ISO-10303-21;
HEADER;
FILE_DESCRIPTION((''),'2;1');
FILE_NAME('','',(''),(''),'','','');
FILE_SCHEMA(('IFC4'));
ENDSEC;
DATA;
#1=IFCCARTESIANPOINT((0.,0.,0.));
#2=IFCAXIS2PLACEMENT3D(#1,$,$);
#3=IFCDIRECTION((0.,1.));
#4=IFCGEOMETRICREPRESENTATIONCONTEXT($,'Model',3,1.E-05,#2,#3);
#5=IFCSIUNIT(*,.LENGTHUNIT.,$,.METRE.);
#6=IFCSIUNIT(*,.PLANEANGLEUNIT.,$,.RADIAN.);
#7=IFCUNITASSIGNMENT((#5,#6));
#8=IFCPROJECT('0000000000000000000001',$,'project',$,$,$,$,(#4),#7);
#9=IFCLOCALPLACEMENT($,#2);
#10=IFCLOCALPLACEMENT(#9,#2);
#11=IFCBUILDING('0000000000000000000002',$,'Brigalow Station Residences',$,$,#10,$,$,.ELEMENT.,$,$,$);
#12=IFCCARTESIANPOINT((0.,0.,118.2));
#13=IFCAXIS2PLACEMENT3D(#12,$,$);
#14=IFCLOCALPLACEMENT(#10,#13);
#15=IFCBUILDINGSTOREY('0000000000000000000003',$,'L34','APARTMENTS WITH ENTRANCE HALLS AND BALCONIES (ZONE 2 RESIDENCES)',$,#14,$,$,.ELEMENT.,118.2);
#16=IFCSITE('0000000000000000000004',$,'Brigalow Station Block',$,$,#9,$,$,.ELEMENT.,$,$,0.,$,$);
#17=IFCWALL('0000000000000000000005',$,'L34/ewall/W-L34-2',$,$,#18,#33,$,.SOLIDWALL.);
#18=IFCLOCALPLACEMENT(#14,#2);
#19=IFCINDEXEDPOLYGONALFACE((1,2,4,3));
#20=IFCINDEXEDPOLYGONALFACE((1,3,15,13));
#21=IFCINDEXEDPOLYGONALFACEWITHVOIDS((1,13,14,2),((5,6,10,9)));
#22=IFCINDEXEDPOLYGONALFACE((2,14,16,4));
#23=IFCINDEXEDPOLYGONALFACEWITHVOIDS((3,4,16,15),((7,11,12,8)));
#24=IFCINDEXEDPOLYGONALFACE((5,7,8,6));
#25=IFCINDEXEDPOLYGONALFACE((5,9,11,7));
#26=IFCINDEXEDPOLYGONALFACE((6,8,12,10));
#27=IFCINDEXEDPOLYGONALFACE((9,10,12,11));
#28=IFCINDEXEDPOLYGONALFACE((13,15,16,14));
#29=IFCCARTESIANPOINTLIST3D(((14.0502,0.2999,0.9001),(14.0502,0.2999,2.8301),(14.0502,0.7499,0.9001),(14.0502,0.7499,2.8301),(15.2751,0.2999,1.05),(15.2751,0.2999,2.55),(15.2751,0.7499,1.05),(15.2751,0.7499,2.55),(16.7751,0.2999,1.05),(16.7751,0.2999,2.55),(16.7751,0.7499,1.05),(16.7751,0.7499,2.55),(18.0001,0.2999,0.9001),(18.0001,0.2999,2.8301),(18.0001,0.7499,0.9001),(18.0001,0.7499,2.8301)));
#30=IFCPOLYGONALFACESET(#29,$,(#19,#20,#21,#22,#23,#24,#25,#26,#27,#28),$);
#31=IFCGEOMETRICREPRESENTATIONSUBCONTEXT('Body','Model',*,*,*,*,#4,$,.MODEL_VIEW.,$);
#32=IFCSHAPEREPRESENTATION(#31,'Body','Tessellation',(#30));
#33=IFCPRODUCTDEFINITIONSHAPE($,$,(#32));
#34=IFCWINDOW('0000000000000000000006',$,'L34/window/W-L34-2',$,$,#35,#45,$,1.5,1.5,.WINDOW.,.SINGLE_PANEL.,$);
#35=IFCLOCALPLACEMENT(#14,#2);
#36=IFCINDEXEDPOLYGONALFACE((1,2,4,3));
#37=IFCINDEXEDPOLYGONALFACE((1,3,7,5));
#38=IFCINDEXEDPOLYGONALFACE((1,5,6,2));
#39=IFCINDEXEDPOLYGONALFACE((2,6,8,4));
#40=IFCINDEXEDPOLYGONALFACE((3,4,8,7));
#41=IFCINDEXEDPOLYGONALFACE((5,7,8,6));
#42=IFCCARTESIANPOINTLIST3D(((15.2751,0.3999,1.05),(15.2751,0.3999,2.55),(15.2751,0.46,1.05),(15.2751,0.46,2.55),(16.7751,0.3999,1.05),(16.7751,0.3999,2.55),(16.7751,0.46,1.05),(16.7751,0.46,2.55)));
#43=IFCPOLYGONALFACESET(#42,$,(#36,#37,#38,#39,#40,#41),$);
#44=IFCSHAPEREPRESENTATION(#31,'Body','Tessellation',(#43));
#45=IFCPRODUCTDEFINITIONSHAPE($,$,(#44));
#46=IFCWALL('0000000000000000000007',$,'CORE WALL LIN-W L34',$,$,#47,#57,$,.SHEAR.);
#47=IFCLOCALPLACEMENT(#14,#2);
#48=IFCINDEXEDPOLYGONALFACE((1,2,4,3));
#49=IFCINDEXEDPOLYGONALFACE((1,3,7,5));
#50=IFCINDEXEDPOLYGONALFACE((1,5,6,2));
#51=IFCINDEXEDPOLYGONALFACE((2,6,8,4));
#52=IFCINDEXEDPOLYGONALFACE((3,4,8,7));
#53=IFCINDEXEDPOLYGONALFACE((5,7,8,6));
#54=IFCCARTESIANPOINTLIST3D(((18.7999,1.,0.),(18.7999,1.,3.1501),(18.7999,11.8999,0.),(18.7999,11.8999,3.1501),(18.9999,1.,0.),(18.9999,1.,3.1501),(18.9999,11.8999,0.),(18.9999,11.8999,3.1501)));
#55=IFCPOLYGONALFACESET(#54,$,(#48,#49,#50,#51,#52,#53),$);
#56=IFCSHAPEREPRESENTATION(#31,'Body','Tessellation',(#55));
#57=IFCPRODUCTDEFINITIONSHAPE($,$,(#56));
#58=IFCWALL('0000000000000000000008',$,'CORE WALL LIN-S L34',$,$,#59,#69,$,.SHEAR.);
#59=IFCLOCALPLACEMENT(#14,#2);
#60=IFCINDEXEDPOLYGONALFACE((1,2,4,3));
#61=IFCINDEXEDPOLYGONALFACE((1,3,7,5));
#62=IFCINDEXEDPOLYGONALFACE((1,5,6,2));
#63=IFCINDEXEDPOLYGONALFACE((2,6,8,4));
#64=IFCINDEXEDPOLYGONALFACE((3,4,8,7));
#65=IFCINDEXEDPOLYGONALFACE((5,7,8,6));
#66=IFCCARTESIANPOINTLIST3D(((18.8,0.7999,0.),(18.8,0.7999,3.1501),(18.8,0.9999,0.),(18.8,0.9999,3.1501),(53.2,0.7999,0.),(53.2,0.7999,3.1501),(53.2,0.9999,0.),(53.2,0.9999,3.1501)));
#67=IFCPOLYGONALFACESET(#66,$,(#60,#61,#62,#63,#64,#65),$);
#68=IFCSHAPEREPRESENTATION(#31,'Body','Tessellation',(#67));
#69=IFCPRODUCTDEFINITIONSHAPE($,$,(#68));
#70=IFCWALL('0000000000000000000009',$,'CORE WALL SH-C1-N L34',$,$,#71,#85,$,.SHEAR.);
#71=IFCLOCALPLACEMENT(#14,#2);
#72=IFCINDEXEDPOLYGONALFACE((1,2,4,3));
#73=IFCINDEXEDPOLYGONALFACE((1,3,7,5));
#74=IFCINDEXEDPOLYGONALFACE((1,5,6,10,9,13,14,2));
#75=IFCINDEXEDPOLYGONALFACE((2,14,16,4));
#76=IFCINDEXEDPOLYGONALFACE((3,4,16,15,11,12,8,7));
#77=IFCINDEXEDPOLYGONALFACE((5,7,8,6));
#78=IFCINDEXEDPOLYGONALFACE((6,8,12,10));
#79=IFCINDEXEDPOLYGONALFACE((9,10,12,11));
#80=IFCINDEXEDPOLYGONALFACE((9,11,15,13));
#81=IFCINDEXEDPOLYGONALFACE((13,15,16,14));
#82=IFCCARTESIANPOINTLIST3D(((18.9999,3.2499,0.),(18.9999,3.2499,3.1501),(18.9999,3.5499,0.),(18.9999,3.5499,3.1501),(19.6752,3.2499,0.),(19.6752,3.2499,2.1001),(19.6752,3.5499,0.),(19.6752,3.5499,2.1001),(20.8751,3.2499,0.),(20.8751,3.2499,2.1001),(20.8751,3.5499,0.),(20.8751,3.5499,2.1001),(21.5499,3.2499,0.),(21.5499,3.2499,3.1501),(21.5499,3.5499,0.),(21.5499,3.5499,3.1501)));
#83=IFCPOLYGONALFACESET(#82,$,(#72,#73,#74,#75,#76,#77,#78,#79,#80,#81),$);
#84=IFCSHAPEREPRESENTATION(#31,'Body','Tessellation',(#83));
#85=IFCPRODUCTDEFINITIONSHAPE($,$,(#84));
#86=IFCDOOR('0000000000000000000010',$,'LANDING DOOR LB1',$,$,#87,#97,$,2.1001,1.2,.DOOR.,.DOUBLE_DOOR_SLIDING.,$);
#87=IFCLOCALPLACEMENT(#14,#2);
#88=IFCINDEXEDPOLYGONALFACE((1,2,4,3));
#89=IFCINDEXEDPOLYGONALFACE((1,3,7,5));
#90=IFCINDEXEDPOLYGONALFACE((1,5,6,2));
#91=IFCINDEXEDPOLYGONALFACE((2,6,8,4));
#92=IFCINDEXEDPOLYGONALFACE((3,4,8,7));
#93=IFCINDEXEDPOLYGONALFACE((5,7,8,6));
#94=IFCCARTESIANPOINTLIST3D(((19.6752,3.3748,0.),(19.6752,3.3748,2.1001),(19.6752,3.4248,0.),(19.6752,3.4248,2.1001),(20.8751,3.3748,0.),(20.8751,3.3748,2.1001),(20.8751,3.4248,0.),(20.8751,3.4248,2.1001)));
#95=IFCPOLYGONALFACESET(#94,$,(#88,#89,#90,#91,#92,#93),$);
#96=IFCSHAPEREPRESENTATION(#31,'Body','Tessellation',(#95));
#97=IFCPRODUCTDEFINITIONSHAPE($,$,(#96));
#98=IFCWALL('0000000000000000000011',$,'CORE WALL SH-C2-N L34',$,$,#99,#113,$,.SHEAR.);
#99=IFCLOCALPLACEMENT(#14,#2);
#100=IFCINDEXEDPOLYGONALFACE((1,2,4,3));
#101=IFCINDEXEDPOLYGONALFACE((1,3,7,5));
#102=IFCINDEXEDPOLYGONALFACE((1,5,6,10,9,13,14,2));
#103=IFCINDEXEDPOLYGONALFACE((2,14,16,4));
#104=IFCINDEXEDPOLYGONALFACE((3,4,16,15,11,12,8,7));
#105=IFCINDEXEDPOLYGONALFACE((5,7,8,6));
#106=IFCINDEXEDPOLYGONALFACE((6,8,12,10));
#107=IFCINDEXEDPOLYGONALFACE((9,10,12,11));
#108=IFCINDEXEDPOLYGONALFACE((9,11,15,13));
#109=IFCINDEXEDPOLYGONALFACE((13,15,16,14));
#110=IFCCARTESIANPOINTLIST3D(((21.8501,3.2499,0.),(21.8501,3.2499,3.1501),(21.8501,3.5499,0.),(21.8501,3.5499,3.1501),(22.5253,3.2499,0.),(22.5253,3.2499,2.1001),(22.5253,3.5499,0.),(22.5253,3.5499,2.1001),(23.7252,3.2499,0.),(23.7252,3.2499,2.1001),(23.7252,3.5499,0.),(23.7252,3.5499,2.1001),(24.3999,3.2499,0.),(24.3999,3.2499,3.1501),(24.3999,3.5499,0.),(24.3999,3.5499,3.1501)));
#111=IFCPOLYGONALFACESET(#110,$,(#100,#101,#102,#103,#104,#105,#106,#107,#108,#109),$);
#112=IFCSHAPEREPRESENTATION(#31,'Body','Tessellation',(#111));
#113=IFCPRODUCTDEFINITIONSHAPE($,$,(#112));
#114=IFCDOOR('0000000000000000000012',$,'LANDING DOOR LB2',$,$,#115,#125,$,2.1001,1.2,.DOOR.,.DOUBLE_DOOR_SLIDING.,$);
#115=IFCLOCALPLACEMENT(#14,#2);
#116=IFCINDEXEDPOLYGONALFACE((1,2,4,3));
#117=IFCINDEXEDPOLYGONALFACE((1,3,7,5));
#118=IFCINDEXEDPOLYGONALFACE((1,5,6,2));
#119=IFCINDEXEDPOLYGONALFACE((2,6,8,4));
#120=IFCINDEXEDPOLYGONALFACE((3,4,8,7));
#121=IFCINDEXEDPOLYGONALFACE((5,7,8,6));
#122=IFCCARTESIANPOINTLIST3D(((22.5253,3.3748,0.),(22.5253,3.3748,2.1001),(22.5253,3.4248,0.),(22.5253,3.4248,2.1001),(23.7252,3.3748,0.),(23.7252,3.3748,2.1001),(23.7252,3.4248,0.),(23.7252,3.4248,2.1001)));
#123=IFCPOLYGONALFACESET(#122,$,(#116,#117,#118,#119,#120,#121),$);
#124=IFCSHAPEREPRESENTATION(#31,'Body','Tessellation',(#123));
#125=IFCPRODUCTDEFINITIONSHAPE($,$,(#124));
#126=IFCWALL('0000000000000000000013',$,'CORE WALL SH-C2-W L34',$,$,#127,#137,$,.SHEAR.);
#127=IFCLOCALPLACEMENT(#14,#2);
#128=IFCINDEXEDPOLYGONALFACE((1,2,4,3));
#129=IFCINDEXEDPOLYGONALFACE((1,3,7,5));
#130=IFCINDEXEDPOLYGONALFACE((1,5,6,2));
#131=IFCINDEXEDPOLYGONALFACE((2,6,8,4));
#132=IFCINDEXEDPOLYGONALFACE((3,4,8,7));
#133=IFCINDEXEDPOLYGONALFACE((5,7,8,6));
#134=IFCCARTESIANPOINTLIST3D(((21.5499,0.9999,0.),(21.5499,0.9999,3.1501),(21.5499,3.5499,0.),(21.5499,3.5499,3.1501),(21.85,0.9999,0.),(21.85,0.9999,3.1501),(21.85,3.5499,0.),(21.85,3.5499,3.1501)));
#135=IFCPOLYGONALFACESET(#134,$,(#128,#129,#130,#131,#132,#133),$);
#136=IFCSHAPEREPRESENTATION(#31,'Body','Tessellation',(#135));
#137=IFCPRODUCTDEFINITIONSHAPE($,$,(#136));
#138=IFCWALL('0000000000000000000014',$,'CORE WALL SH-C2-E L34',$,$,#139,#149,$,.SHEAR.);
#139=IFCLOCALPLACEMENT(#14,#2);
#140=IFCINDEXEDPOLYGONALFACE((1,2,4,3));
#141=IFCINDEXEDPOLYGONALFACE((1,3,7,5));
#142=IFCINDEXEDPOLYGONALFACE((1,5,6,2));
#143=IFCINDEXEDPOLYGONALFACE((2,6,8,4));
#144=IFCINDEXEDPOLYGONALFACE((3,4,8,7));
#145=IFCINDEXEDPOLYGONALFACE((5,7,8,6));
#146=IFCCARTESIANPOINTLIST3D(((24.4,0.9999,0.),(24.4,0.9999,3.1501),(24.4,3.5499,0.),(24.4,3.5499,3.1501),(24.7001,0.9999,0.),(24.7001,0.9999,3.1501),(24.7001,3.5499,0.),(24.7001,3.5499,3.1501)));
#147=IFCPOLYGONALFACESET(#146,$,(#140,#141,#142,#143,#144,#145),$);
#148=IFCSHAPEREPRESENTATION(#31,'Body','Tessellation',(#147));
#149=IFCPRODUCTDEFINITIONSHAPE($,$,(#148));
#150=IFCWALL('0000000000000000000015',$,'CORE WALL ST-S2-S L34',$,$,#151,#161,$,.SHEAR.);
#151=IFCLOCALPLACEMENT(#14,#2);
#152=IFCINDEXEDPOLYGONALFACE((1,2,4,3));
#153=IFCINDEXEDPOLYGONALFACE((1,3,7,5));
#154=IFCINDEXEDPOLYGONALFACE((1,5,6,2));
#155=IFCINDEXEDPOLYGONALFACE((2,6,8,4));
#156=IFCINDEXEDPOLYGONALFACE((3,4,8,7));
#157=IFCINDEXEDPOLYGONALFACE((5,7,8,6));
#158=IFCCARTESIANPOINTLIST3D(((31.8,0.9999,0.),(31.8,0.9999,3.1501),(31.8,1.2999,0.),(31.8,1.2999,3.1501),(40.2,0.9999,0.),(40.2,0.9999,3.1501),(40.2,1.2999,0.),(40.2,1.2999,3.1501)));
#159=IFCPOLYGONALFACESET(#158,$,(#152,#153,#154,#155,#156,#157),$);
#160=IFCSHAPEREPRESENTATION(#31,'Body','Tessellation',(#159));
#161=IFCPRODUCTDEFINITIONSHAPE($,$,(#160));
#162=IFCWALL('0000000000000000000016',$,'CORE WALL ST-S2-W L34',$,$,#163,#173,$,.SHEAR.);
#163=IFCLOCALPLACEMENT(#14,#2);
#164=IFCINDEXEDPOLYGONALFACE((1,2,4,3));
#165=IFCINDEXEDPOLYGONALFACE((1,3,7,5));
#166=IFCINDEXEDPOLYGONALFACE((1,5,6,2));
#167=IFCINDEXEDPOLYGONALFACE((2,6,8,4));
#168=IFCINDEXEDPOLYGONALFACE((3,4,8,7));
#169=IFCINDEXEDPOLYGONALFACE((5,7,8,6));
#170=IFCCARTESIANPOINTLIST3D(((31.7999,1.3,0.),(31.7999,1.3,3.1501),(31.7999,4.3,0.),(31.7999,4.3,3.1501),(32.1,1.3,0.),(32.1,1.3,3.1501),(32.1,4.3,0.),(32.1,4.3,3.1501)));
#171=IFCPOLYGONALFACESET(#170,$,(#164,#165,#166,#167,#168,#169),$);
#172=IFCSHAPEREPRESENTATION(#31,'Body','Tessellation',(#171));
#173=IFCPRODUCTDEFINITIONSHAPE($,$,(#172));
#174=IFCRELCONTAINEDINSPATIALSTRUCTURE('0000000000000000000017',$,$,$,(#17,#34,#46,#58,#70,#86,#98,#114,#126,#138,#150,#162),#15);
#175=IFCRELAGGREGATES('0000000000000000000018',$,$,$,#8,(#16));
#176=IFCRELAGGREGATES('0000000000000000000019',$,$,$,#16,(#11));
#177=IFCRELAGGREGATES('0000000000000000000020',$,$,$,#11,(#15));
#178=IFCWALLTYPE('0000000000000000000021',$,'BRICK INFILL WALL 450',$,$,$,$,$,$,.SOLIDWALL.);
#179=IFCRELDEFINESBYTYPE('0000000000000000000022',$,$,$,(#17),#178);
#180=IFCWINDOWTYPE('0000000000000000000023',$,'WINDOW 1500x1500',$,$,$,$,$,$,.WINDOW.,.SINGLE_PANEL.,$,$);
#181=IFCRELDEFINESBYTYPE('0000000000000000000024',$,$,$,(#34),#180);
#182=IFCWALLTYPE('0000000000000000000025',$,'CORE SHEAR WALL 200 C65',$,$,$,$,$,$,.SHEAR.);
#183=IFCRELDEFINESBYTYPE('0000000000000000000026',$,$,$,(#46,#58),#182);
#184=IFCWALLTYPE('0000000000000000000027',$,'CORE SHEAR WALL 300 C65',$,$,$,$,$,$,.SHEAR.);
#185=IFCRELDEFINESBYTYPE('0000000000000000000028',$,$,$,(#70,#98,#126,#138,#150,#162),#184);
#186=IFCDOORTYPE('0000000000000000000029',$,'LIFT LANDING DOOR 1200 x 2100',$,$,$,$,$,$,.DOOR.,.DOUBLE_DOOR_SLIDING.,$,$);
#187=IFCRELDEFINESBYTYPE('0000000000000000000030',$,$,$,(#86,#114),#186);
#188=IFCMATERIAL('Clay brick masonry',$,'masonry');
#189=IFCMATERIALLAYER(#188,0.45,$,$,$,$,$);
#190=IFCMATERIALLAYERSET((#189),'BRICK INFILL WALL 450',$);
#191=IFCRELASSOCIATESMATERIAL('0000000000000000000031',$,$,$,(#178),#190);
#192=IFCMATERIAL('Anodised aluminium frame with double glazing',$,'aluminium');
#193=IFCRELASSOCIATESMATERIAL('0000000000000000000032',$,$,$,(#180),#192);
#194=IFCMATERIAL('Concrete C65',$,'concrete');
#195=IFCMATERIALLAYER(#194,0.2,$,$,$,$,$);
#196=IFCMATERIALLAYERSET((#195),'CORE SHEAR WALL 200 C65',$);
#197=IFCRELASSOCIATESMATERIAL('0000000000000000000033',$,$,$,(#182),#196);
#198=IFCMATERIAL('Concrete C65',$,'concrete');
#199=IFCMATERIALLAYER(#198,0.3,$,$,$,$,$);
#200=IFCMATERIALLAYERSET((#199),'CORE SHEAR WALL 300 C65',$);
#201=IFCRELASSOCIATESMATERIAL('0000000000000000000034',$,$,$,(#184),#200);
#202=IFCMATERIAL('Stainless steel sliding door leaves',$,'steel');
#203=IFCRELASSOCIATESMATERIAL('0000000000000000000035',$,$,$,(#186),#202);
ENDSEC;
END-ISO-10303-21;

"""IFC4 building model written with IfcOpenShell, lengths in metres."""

from ifc_helpers import new_model, si_unit, direction, frame, frame_2d, origin, place, context, subcontext, project, spatial, rectangle, extrude, material, layer, layer_set, type_object, element, fill, save


model = new_model("IFC4")

# Units and contexts
model_context = context("Model", 3, precision=1e-05, world=origin(), true_north=direction((0.0, 1.0)))
body_context = subcontext(model_context, "Body", "Model", "MODEL_VIEW")
ifc_project = project(units=[si_unit("LENGTHUNIT", "METRE"), si_unit("PLANEANGLEUNIT", "RADIAN")], contexts=[model_context])

# Site, building, storey
site_placement = place(None, origin())
site = spatial("IfcSite", under=ifc_project, at=site_placement, Name="Brigalow Station Block", CompositionType="ELEMENT", RefElevation=0.0)
building_placement = place(site_placement, origin())
building = spatial("IfcBuilding", under=site, at=building_placement, Name="Brigalow Station Residences", CompositionType="ELEMENT")
storey_placement = place(building_placement, frame((0.0, 0.0, 118.2)))
storey = spatial("IfcBuildingStorey", under=building, at=storey_placement, Name="L34", Description="APARTMENTS WITH ENTRANCE HALLS AND BALCONIES (ZONE 2 RESIDENCES)", CompositionType="ELEMENT", Elevation=118.2)

# Wall, opening, window
ifc_material_1 = material(Name="Clay brick masonry", Category="masonry")
ifc_layer_1 = layer(ifc_material_1, 0.45)
ifc_layer_set_1 = layer_set([ifc_layer_1], Name="BRICK INFILL WALL 450")
wall_type_1 = type_object("IfcWallType", Name="BRICK INFILL WALL 450", PredefinedType="SOLIDWALL", material=ifc_layer_set_1)
wall_1_placement = place(storey_placement, frame((14.05, 0.5249, 0.9001), z_axis=(0.0, 0.0, 1.0), x_axis=(1.0, 0.0, 0.0)))
wall_1 = element("IfcWall", 1, at=wall_1_placement, inside=storey, type_object=wall_type_1, Name="L34/ewall/W-L34-2", PredefinedType="SOLIDWALL", context=body_context, shape_type="SweptSolid", body=[
    extrude(rectangle(XDim=3.95, YDim=0.45, at=frame_2d((1.9751, 0.0))), origin(), (0.0, 0.0, 1.0), 1.9299),
])
opening_1_placement = place(wall_1_placement, frame((1.2251, 0.0, 0.1499)))
opening_1 = element("IfcOpeningElement", 2, at=opening_1_placement, cuts=wall_1, PredefinedType="OPENING", context=body_context, shape_type="SweptSolid", body=[
    extrude(rectangle(XDim=1.5, YDim=1.5, at=frame_2d((0.75, 0.75))), frame((0.0, 0.2349, 0.0), z_axis=(0.0, -1.0, 0.0), x_axis=(1.0, 0.0, 0.0)), (0.0, 0.0, 1.0), 0.47),
])
ifc_material_2 = material(Name="Anodised aluminium frame with double glazing", Category="aluminium")
window_type = type_object("IfcWindowType", Name="WINDOW 1500x1500", PartitioningType="SINGLE_PANEL", PredefinedType="WINDOW", material=ifc_material_2)
window_placement = place(opening_1_placement, origin())
window = element("IfcWindow", 3, at=window_placement, inside=storey, type_object=window_type, Name="L34/window/W-L34-2", OverallHeight=1.5, OverallWidth=1.5, PartitioningType="SINGLE_PANEL", PredefinedType="WINDOW", context=body_context, shape_type="SweptSolid", body=[
    extrude(rectangle(XDim=1.5, YDim=1.5, at=frame_2d((0.75, 0.75))), frame((0.0, -0.0649, 0.0), z_axis=(0.0, -1.0, 0.0), x_axis=(1.0, 0.0, 0.0)), (0.0, 0.0, 1.0), 0.0601),
])
fill(opening_1, window)

# Walls
ifc_material_3 = material(Name="Concrete C65", Category="concrete")
ifc_layer_2 = layer(ifc_material_3, 0.2)
ifc_layer_set_2 = layer_set([ifc_layer_2], Name="CORE SHEAR WALL 200 C65")
wall_type_2 = type_object("IfcWallType", Name="CORE SHEAR WALL 200 C65", PredefinedType="SHEAR", material=ifc_layer_set_2)
wall_2_placement = place(storey_placement, frame((18.8999, 1.0, 0.0), z_axis=(0.0, 0.0, 1.0), x_axis=(0.0, 1.0, 0.0)))
element("IfcWall", 4, at=wall_2_placement, inside=storey, type_object=wall_type_2, Name="CORE WALL LIN-W L34", PredefinedType="SHEAR", context=body_context, shape_type="SweptSolid", body=[
    extrude(rectangle(XDim=10.8999, YDim=0.2, at=frame_2d((5.45, 0.0))), origin(), (0.0, 0.0, 1.0), 3.1501),
])
wall_3_placement = place(storey_placement, frame((18.8, 0.8999, 0.0), z_axis=(0.0, 0.0, 1.0), x_axis=(1.0, 0.0, 0.0)))
element("IfcWall", 5, at=wall_3_placement, inside=storey, type_object=wall_type_2, Name="CORE WALL LIN-S L34", PredefinedType="SHEAR", context=body_context, shape_type="SweptSolid", body=[
    extrude(rectangle(XDim=34.3999, YDim=0.2, at=frame_2d((17.2, 0.0))), origin(), (0.0, 0.0, 1.0), 3.1501),
])

# Walls, openings, doors
ifc_material_4 = material(Name="Concrete C65", Category="concrete")
ifc_layer_3 = layer(ifc_material_4, 0.3)
ifc_layer_set_3 = layer_set([ifc_layer_3], Name="CORE SHEAR WALL 300 C65")
wall_type_3 = type_object("IfcWallType", Name="CORE SHEAR WALL 300 C65", PredefinedType="SHEAR", material=ifc_layer_set_3)
wall_4_placement = place(storey_placement, frame((19.0, 3.3999, 0.0), z_axis=(0.0, 0.0, 1.0), x_axis=(1.0, 0.0, 0.0)))
wall_4 = element("IfcWall", 6, at=wall_4_placement, inside=storey, type_object=wall_type_3, Name="CORE WALL SH-C1-N L34", PredefinedType="SHEAR", context=body_context, shape_type="SweptSolid", body=[
    extrude(rectangle(XDim=2.55, YDim=0.3, at=frame_2d((1.2749, 0.0))), origin(), (0.0, 0.0, 1.0), 3.1501),
])
opening_2_placement = place(wall_4_placement, frame((0.675, 0.0, 0.0)))
opening_2 = element("IfcOpeningElement", 7, at=opening_2_placement, cuts=wall_4, PredefinedType="OPENING", context=body_context, shape_type="SweptSolid", body=[
    extrude(rectangle(XDim=1.2, YDim=2.1001, at=frame_2d((0.6001, 1.05))), frame((0.0, 0.1602, 0.0), z_axis=(0.0, -1.0, 0.0), x_axis=(1.0, 0.0, 0.0)), (0.0, 0.0, 1.0), 0.3201),
])
ifc_material_5 = material(Name="Stainless steel sliding door leaves", Category="steel")
door_type = type_object("IfcDoorType", Name="LIFT LANDING DOOR 1200 x 2100", OperationType="DOUBLE_DOOR_SLIDING", PredefinedType="DOOR", material=ifc_material_5)
door_1_placement = place(opening_2_placement, origin())
door_1 = element("IfcDoor", 8, at=door_1_placement, inside=storey, type_object=door_type, Name="LANDING DOOR LB1", OperationType="DOUBLE_DOOR_SLIDING", OverallHeight=2.1001, OverallWidth=1.2, PredefinedType="DOOR", context=body_context, shape_type="SweptSolid", body=[
    extrude(rectangle(XDim=1.2, YDim=2.1001, at=frame_2d((0.6001, 1.05))), frame((0.0, 0.0249, 0.0), z_axis=(0.0, -1.0, 0.0), x_axis=(1.0, 0.0, 0.0)), (0.0, 0.0, 1.0), 0.05),
])
fill(opening_2, door_1)
wall_5_placement = place(storey_placement, frame((21.8501, 3.3999, 0.0), z_axis=(0.0, 0.0, 1.0), x_axis=(1.0, 0.0, 0.0)))
wall_5 = element("IfcWall", 9, at=wall_5_placement, inside=storey, type_object=wall_type_3, Name="CORE WALL SH-C2-N L34", PredefinedType="SHEAR", context=body_context, shape_type="SweptSolid", body=[
    extrude(rectangle(XDim=2.5498, YDim=0.3, at=frame_2d((1.2749, 0.0))), origin(), (0.0, 0.0, 1.0), 3.1501),
])
opening_3_placement = place(wall_5_placement, frame((0.675, 0.0, 0.0)))
opening_3 = element("IfcOpeningElement", 10, at=opening_3_placement, cuts=wall_5, PredefinedType="OPENING", context=body_context, shape_type="SweptSolid", body=[
    extrude(rectangle(XDim=1.2, YDim=2.1001, at=frame_2d((0.6001, 1.05))), frame((0.0, 0.1602, 0.0), z_axis=(0.0, -1.0, 0.0), x_axis=(1.0, 0.0, 0.0)), (0.0, 0.0, 1.0), 0.3201),
])
door_2_placement = place(opening_3_placement, origin())
door_2 = element("IfcDoor", 11, at=door_2_placement, inside=storey, type_object=door_type, Name="LANDING DOOR LB2", OperationType="DOUBLE_DOOR_SLIDING", OverallHeight=2.1001, OverallWidth=1.2, PredefinedType="DOOR", context=body_context, shape_type="SweptSolid", body=[
    extrude(rectangle(XDim=1.2, YDim=2.1001, at=frame_2d((0.6001, 1.05))), frame((0.0, 0.0249, 0.0), z_axis=(0.0, -1.0, 0.0), x_axis=(1.0, 0.0, 0.0)), (0.0, 0.0, 1.0), 0.05),
])
fill(opening_3, door_2)

# Walls
for number, where, z_axis, x_axis, name in (
    (12, (21.7, 1.0, 0.0), (0.0, 0.0, 1.0), (0.0, 1.0, 0.0), "CORE WALL SH-C2-W L34"),
    (13, (24.55, 1.0, 0.0), (0.0, 0.0, 1.0), (0.0, 1.0, 0.0), "CORE WALL SH-C2-E L34"),
):
    element("IfcWall", number, at=place(storey_placement, frame(where, z_axis=z_axis, x_axis=x_axis)), inside=storey, type_object=wall_type_3, Name=name, PredefinedType="SHEAR", context=body_context, shape_type="SweptSolid", body=[
        extrude(rectangle(XDim=2.55, YDim=0.3, at=frame_2d((1.2749, 0.0))), origin(), (0.0, 0.0, 1.0), 3.1501),
    ])
wall_6_placement = place(storey_placement, frame((31.8, 1.1499, 0.0), z_axis=(0.0, 0.0, 1.0), x_axis=(1.0, 0.0, 0.0)))
element("IfcWall", 14, at=wall_6_placement, inside=storey, type_object=wall_type_3, Name="CORE WALL ST-S2-S L34", PredefinedType="SHEAR", context=body_context, shape_type="SweptSolid", body=[
    extrude(rectangle(XDim=8.3999, YDim=0.3, at=frame_2d((4.2, 0.0))), origin(), (0.0, 0.0, 1.0), 3.1501),
])
wall_7_placement = place(storey_placement, frame((31.95, 1.3, 0.0), z_axis=(0.0, 0.0, 1.0), x_axis=(0.0, 1.0, 0.0)))
element("IfcWall", 15, at=wall_7_placement, inside=storey, type_object=wall_type_3, Name="CORE WALL ST-S2-W L34", PredefinedType="SHEAR", context=body_context, shape_type="SweptSolid", body=[
    extrude(rectangle(XDim=3.0, YDim=0.3, at=frame_2d((1.5, 0.0))), origin(), (0.0, 0.0, 1.0), 3.1501),
])

save(model, "model.ifc")
